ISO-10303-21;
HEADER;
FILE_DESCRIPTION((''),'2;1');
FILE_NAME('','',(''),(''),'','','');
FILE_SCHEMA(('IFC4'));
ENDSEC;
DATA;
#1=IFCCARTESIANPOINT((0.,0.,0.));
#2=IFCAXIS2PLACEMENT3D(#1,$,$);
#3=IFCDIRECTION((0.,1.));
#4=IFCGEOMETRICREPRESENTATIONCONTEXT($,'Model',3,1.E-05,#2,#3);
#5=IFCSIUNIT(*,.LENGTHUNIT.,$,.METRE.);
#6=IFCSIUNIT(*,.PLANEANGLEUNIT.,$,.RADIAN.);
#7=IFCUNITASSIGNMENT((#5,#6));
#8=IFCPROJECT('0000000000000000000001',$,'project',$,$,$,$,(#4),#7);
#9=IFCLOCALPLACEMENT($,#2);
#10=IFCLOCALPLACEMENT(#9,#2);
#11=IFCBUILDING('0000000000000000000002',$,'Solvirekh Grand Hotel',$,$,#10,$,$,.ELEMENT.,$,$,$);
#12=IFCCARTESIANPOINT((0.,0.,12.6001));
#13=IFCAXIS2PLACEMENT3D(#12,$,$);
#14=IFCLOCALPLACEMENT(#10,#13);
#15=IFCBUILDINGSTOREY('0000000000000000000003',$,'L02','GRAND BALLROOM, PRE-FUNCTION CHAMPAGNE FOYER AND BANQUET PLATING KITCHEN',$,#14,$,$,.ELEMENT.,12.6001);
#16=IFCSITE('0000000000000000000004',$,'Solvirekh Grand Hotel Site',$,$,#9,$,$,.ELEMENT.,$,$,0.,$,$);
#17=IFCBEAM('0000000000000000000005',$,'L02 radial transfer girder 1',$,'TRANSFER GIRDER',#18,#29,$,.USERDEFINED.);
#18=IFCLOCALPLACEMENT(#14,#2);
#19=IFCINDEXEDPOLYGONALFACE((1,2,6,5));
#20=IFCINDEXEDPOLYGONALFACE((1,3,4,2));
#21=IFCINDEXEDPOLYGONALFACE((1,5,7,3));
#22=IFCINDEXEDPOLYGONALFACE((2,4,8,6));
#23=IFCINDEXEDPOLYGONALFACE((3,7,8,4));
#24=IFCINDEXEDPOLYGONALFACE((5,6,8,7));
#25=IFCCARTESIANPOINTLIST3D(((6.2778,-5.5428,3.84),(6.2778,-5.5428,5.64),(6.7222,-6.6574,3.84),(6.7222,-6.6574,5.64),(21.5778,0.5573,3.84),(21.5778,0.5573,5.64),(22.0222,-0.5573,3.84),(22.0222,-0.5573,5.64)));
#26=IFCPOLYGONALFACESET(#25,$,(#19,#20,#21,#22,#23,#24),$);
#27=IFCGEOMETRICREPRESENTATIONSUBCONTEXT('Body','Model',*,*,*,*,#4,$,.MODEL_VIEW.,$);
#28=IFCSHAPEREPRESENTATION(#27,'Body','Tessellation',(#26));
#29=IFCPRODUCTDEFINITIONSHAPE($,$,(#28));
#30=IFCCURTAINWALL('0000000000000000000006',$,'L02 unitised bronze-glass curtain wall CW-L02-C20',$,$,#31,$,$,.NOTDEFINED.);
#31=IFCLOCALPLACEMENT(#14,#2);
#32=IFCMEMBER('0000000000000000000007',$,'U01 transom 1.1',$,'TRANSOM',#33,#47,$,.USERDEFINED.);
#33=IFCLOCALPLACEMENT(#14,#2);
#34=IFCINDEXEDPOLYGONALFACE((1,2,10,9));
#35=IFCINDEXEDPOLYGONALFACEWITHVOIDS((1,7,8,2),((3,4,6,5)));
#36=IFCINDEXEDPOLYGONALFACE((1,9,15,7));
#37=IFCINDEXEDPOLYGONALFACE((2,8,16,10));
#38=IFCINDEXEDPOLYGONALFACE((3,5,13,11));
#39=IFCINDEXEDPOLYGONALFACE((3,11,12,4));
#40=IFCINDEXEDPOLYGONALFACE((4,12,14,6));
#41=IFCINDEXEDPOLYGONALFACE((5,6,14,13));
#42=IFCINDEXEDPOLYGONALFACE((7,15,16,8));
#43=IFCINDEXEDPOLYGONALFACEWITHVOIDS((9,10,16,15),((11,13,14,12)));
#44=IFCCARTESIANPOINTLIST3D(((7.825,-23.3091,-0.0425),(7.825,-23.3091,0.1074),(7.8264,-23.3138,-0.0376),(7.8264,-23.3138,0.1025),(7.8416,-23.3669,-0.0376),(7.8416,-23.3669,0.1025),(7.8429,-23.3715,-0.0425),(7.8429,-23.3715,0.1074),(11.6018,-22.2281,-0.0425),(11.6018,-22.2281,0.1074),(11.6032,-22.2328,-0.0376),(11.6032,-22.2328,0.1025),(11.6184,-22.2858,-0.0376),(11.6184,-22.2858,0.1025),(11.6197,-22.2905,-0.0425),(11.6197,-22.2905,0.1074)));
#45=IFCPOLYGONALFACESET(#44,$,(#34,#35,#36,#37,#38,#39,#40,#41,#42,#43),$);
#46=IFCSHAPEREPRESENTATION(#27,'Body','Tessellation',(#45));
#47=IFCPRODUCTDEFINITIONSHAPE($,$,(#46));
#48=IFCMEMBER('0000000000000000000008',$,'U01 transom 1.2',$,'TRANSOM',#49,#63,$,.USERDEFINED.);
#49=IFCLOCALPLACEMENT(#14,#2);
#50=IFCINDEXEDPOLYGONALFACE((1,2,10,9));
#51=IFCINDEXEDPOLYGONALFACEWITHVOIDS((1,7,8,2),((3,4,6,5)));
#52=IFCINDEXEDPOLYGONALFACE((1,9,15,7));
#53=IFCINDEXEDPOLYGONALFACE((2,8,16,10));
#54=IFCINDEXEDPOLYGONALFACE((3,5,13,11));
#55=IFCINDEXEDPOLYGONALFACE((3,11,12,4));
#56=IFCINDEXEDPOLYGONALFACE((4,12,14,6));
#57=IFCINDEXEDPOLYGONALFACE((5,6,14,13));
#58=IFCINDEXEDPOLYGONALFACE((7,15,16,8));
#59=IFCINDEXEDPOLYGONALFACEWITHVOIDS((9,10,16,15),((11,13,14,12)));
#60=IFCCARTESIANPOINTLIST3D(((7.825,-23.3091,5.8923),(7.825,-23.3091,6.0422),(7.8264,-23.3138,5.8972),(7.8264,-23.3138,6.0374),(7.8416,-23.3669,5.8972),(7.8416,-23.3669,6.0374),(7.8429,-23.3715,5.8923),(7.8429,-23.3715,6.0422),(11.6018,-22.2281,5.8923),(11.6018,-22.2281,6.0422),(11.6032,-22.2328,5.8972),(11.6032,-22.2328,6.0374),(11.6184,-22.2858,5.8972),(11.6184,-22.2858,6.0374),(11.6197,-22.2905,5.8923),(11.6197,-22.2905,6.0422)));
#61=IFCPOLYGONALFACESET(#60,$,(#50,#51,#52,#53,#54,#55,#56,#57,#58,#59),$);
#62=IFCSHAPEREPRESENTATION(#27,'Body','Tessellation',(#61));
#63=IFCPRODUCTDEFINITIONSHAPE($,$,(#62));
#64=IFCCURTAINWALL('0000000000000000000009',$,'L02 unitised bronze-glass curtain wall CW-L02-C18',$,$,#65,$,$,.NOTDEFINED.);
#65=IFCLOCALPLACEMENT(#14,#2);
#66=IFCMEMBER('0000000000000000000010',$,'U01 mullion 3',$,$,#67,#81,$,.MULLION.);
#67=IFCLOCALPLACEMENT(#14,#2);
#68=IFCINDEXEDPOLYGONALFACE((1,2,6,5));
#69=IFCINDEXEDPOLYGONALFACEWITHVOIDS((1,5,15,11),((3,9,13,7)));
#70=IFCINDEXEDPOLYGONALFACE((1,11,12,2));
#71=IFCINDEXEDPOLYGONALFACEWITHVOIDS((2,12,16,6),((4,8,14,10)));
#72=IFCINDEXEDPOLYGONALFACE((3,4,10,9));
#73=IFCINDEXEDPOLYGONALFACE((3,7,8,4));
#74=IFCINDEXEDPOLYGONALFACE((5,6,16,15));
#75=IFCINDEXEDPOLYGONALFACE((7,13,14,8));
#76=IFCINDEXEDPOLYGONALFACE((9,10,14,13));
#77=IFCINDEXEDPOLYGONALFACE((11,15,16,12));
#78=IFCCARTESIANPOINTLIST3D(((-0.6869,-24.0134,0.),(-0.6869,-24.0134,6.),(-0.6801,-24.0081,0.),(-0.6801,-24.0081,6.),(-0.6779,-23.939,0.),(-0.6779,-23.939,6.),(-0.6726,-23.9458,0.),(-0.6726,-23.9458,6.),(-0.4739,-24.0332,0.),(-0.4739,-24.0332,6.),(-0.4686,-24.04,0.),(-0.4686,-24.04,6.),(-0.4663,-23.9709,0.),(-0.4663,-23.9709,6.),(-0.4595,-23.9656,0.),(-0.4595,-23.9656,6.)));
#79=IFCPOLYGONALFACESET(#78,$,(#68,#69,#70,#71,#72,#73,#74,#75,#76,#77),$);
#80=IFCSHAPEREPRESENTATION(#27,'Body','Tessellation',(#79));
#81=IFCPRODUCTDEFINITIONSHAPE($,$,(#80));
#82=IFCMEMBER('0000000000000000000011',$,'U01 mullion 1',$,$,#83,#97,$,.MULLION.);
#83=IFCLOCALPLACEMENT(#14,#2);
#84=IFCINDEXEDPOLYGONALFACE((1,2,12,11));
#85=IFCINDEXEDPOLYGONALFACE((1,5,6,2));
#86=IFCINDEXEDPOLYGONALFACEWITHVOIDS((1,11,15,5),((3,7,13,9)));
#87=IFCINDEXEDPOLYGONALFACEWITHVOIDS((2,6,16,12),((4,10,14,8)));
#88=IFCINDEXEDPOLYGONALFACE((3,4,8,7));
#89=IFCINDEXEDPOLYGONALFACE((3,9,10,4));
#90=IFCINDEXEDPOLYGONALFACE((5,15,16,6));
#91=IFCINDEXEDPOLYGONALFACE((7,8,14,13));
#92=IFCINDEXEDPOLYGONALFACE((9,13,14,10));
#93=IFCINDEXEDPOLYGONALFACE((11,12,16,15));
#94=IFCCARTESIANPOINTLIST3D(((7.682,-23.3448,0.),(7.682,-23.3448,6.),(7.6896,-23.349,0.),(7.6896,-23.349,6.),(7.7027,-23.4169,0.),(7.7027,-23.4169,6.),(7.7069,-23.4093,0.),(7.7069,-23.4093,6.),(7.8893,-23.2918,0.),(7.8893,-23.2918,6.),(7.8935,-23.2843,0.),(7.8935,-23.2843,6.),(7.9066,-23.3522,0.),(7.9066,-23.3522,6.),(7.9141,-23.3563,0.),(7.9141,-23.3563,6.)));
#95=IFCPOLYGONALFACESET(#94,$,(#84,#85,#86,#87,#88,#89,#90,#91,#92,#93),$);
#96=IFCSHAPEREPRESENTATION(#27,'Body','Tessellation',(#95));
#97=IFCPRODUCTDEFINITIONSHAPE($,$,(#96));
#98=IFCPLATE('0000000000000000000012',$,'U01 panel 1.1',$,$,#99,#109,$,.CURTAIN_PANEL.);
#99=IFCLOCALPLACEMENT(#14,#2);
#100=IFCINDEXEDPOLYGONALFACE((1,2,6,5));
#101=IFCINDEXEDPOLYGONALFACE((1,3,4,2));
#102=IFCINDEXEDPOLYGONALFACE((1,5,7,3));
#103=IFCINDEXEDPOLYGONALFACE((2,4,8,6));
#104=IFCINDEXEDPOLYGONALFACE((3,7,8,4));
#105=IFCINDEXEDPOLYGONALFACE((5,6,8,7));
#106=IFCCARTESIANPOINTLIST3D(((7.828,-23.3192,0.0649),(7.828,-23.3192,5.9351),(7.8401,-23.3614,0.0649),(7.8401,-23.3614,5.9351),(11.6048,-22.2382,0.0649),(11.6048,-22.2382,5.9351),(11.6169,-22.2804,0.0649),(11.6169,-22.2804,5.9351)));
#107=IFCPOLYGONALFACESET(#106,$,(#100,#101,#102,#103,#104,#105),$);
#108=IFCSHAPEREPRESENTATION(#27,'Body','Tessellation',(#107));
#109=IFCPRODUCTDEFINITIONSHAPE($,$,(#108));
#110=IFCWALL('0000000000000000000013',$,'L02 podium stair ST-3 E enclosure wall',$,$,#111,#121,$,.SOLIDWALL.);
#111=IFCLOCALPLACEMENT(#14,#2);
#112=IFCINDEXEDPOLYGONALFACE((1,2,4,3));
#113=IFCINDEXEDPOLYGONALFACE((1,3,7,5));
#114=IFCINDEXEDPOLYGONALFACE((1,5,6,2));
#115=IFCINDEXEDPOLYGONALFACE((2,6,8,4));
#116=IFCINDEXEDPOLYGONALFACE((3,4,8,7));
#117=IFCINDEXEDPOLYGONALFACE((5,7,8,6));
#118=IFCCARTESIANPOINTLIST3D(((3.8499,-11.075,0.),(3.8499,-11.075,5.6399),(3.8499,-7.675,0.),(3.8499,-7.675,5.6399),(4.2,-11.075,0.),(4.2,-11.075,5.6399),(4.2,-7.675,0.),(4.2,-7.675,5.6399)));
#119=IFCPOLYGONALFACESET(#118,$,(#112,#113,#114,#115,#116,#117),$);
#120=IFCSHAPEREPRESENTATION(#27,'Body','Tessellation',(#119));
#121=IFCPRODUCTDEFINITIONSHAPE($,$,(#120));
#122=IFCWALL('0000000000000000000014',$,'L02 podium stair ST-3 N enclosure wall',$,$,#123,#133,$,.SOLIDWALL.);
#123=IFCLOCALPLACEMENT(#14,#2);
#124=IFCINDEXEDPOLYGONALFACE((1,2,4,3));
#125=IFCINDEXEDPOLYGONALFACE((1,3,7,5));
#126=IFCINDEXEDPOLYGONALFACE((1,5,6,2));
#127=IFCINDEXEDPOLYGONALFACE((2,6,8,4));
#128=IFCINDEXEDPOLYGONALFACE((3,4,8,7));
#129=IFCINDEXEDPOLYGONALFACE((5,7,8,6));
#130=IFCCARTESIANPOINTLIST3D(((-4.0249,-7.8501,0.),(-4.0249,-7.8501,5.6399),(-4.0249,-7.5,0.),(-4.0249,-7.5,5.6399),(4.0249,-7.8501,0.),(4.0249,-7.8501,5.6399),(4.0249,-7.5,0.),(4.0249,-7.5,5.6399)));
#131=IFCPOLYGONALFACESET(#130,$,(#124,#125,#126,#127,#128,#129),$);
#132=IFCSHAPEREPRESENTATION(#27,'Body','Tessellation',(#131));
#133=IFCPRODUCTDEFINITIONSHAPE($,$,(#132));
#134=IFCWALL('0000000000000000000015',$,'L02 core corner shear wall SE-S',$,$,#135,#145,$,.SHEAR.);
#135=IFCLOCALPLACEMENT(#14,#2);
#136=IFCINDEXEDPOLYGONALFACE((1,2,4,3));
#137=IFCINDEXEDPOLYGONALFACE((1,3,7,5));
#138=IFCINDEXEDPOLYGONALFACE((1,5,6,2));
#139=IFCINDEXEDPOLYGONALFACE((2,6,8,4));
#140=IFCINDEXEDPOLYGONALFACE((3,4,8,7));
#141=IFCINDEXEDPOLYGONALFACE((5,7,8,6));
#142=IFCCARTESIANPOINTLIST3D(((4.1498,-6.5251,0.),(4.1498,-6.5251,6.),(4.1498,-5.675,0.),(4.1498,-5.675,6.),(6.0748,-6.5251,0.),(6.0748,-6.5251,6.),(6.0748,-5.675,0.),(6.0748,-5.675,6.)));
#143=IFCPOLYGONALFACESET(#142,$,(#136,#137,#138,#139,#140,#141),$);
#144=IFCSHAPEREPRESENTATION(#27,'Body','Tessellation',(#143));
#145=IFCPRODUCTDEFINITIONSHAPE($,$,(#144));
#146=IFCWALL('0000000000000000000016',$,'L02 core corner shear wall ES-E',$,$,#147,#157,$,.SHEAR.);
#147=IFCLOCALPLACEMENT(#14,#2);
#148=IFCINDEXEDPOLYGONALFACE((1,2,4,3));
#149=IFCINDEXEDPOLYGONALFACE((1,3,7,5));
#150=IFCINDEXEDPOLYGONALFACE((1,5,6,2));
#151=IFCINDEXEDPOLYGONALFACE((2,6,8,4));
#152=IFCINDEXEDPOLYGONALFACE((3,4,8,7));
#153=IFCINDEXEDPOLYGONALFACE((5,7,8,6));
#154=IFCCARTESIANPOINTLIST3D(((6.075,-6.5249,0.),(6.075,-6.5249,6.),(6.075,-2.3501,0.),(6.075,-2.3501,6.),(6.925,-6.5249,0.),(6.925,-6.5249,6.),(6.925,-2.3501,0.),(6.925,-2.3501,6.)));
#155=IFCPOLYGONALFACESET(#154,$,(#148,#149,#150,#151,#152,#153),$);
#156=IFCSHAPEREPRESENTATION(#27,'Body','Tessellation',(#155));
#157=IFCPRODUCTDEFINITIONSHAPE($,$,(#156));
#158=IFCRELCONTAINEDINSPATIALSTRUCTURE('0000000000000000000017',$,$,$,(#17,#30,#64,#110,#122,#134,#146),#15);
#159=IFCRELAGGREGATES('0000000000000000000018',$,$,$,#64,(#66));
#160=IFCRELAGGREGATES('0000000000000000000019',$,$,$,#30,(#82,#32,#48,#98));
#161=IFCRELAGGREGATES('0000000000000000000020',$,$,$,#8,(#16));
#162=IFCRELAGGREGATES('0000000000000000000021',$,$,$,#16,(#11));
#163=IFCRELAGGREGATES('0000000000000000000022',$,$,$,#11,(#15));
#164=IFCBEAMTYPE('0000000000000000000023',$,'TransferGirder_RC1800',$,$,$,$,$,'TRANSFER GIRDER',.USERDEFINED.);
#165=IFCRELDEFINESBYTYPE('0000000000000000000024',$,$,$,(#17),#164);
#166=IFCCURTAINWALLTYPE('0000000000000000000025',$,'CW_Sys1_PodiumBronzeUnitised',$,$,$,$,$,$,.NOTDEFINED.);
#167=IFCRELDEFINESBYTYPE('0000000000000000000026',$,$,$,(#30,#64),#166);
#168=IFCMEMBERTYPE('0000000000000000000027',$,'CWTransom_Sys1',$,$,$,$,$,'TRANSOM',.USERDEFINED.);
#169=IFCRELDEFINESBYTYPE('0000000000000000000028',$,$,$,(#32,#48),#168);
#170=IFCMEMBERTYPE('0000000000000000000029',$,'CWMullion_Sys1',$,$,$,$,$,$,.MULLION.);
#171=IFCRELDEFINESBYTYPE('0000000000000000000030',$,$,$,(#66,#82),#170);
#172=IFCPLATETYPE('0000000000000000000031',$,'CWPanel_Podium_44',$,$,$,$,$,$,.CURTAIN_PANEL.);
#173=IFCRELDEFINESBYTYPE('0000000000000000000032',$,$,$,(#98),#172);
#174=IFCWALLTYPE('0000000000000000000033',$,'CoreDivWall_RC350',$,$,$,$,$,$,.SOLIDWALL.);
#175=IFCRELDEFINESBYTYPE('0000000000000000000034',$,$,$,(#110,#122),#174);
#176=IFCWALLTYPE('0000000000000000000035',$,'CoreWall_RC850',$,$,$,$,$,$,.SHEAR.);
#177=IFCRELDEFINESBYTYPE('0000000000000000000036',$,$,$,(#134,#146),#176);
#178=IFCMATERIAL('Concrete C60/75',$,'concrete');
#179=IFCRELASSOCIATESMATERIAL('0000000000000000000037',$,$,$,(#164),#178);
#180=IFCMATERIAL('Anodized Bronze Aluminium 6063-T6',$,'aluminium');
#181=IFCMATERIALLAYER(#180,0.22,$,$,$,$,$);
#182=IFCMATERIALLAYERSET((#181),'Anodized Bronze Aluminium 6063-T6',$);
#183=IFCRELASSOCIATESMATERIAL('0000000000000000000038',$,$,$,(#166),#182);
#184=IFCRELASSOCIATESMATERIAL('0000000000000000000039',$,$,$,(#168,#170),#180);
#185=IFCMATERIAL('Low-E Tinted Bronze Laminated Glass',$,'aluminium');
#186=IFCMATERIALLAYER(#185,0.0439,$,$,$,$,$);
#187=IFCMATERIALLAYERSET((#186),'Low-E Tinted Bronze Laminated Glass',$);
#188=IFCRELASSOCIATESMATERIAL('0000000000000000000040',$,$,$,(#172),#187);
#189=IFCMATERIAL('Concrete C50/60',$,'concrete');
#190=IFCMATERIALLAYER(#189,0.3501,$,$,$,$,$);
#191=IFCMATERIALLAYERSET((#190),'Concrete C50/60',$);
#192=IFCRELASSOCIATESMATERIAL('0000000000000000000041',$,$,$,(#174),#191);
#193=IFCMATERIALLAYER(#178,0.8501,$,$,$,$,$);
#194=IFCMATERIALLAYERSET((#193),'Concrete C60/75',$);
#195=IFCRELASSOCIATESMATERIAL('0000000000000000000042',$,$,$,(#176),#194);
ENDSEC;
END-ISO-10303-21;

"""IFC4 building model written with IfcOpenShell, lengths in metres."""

from ifc_helpers import new_model, si_unit, direction, frame, frame_2d, origin, origin_2d, place, context, subcontext, project, spatial, rectangle, hollow_rectangle, extrude, source, transform, mapped, material, layer, layer_set, material_profile, profile_set, type_object, element, aggregate, save


model = new_model("IFC4")

# Units and contexts
model_context = context("Model", 3, precision=1e-05, world=origin(), true_north=direction((0.0, 1.0)))
body_context = subcontext(model_context, "Body", "Model", "MODEL_VIEW")
ifc_project = project(units=[si_unit("LENGTHUNIT", "METRE"), si_unit("PLANEANGLEUNIT", "RADIAN")], contexts=[model_context])

# Site, building, storey
site_placement = place(None, origin())
site = spatial("IfcSite", under=ifc_project, at=site_placement, Name="Solvirekh Grand Hotel Site", CompositionType="ELEMENT", RefElevation=0.0)
building_placement = place(site_placement, origin())
building = spatial("IfcBuilding", under=site, at=building_placement, Name="Solvirekh Grand Hotel", CompositionType="ELEMENT")
storey_placement = place(building_placement, frame((0.0, 0.0, 12.6001)))
storey = spatial("IfcBuildingStorey", under=building, at=storey_placement, Name="L02", Description="GRAND BALLROOM, PRE-FUNCTION CHAMPAGNE FOYER AND BANQUET PLATING KITCHEN", CompositionType="ELEMENT", Elevation=12.6001)

# Shared definitions
ifc_material_1 = material(Name="Concrete C60/75", Category="concrete")

# Beam
ifc_material_profile_1 = material_profile(ifc_material_1, rectangle(XDim=1.2, YDim=1.8, at=origin_2d()), Name="RC GIRDER 1200X1800")
ifc_profile_set_1 = profile_set([ifc_material_profile_1], Name="Concrete C60/75")
beam_type_1 = type_object("IfcBeamType", Name="TransferGirder_RC1800", ElementType="TRANSFER GIRDER", PredefinedType="USERDEFINED", material=ifc_profile_set_1)
beam_1_placement = place(storey_placement, frame((6.5, -6.1001, 4.74), z_axis=(0.928893, 0.370348, 0.0), x_axis=(-0.370348, 0.928893, 0.0)))
element("IfcBeam", 1, at=beam_1_placement, inside=storey, type_object=beam_type_1, Name="L02 radial transfer girder 1", ObjectType="TRANSFER GIRDER", PredefinedType="USERDEFINED", context=body_context, shape_type="SweptSolid", body=[
    extrude(rectangle(XDim=1.2, YDim=1.8, at=origin_2d()), origin(), (0.0, 0.0, 1.0), 16.4712),
])

# Curtain wall, members
ifc_material_2 = material(Name="Anodized Bronze Aluminium 6063-T6", Category="aluminium")
ifc_layer_1 = layer(ifc_material_2, 0.22)
ifc_layer_set_1 = layer_set([ifc_layer_1], Name="Anodized Bronze Aluminium 6063-T6")
curtain_wall_type = type_object("IfcCurtainWallType", Name="CW_Sys1_PodiumBronzeUnitised", PredefinedType="NOTDEFINED", material=ifc_layer_set_1)
curtain_wall_1_placement = place(storey_placement, origin())
curtain_wall_1 = element("IfcCurtainWall", 2, at=curtain_wall_1_placement, inside=storey, type_object=curtain_wall_type, Name="L02 unitised bronze-glass curtain wall CW-L02-C20", PredefinedType="NOTDEFINED")
ifc_material_profile_2 = material_profile(ifc_material_2, hollow_rectangle(XDim=0.0649, YDim=0.1499, WallThickness=0.0049, at=origin_2d()), Name="ALU RHS 150X65X5")
ifc_profile_set_2 = profile_set([ifc_material_profile_2], Name="Anodized Bronze Aluminium 6063-T6")
member_type_1 = type_object("IfcMemberType", Name="CWTransom_Sys1", ElementType="TRANSOM", PredefinedType="USERDEFINED", material=ifc_profile_set_2)
shared_shape_1 = source(origin(), body_context, "Body", "SweptSolid", [
    extrude(hollow_rectangle(XDim=0.0649, YDim=0.1499, WallThickness=0.0049, at=origin_2d()), origin(), (0.0, 0.0, 1.0), 3.9285),
])
member_1_placement = place(storey_placement, frame((7.834, -23.3403, 0.0325), z_axis=(0.961393, 0.275181, 0.0), x_axis=(-0.275181, 0.961393, 0.0)))
member_1 = element("IfcMember", 3, at=member_1_placement, type_object=member_type_1, Name="U01 transom 1.1", ObjectType="TRANSOM", PredefinedType="USERDEFINED", context=body_context, shape_type="MappedRepresentation", body=[
    mapped(shared_shape_1, transform((0.0, 0.0, 0.0), x_axis=(1.0, 0.0, 0.0), y_axis=(0.0, 1.0, 0.0), z_axis=(0.0, 0.0, 1.0), scale=1.0)),
])
member_2_placement = place(storey_placement, frame((7.834, -23.3403, 5.9673), z_axis=(0.961393, 0.275181, 0.0), x_axis=(-0.275181, 0.961393, 0.0)))
member_2 = element("IfcMember", 4, at=member_2_placement, type_object=member_type_1, Name="U01 transom 1.2", ObjectType="TRANSOM", PredefinedType="USERDEFINED", context=body_context, shape_type="MappedRepresentation", body=[
    mapped(shared_shape_1, transform((0.0, 0.0, 0.0), x_axis=(1.0, 0.0, 0.0), y_axis=(0.0, 1.0, 0.0), z_axis=(0.0, 0.0, 1.0), scale=1.0)),
])

# Curtain wall, member
curtain_wall_2_placement = place(storey_placement, origin())
curtain_wall_2 = element("IfcCurtainWall", 5, at=curtain_wall_2_placement, inside=storey, type_object=curtain_wall_type, Name="L02 unitised bronze-glass curtain wall CW-L02-C18", PredefinedType="NOTDEFINED")
ifc_material_profile_3 = material_profile(ifc_material_2, hollow_rectangle(XDim=0.075, YDim=0.22, WallThickness=0.0061, at=origin_2d()), Name="ALU RHS 220X75X6")
ifc_profile_set_3 = profile_set([ifc_material_profile_3], Name="Anodized Bronze Aluminium 6063-T6")
member_type_2 = type_object("IfcMemberType", Name="CWMullion_Sys1", PredefinedType="MULLION", material=ifc_profile_set_3)
shared_shape_2 = source(origin(), body_context, "Body", "SweptSolid", [
    extrude(hollow_rectangle(XDim=0.075, YDim=0.22, WallThickness=0.0061, at=origin_2d()), origin(), (0.0, 0.0, 1.0), 6.0),
])
member_3_placement = place(storey_placement, frame((-0.5732, -23.9895, 0.0), z_axis=(0.0, 0.0, 1.0), x_axis=(0.120514, 0.992712, 0.0)))
member_3 = element("IfcMember", 6, at=member_3_placement, type_object=member_type_2, Name="U01 mullion 3", PredefinedType="MULLION", context=body_context, shape_type="MappedRepresentation", body=[
    mapped(shared_shape_2, transform((0.0, 0.0, 0.0), x_axis=(1.0, 0.0, 0.0), y_axis=(0.0, 1.0, 0.0), z_axis=(0.0, 0.0, 1.0), scale=1.0)),
])
aggregate(curtain_wall_2, [member_3])

# Member
member_4_placement = place(storey_placement, frame((7.7981, -23.3506, 0.0), z_axis=(0.0, 0.0, 1.0), x_axis=(-0.275179, 0.961393, 0.0)))
member_4 = element("IfcMember", 7, at=member_4_placement, type_object=member_type_2, Name="U01 mullion 1", PredefinedType="MULLION", context=body_context, shape_type="MappedRepresentation", body=[
    mapped(shared_shape_2, transform((0.0, 0.0, 0.0), x_axis=(1.0, 0.0, 0.0), y_axis=(0.0, 1.0, 0.0), z_axis=(0.0, 0.0, 1.0), scale=1.0)),
])

# Plate
ifc_material_3 = material(Name="Low-E Tinted Bronze Laminated Glass", Category="aluminium")
ifc_layer_2 = layer(ifc_material_3, 0.0439)
ifc_layer_set_2 = layer_set([ifc_layer_2], Name="Low-E Tinted Bronze Laminated Glass")
plate_type = type_object("IfcPlateType", Name="CWPanel_Podium_44", PredefinedType="CURTAIN_PANEL", material=ifc_layer_set_2)
shared_shape_3 = source(origin(), body_context, "Body", "SweptSolid", [
    extrude(rectangle(XDim=3.9285, YDim=0.0439, at=origin_2d()), origin(), (0.0, 0.0, 1.0), 5.8701),
])
plate_placement = place(storey_placement, frame((9.7224, -22.7998, 0.0649), z_axis=(0.0, 0.0, 1.0), x_axis=(0.961393, 0.275179, 0.0)))
plate = element("IfcPlate", 8, at=plate_placement, type_object=plate_type, Name="U01 panel 1.1", PredefinedType="CURTAIN_PANEL", context=body_context, shape_type="MappedRepresentation", body=[
    mapped(shared_shape_3, transform((0.0, 0.0, 0.0), x_axis=(1.0, 0.0, 0.0), y_axis=(0.0, 1.0, 0.0), z_axis=(0.0, 0.0, 1.0), scale=1.0)),
])
aggregate(curtain_wall_1, [member_4, member_1, member_2, plate])

# Walls
ifc_material_4 = material(Name="Concrete C50/60", Category="concrete")
ifc_layer_3 = layer(ifc_material_4, 0.3501)
ifc_layer_set_3 = layer_set([ifc_layer_3], Name="Concrete C50/60")
wall_type_1 = type_object("IfcWallType", Name="CoreDivWall_RC350", PredefinedType="SOLIDWALL", material=ifc_layer_set_3)
wall_1_placement = place(storey_placement, frame((4.0249, -11.075, 0.0), z_axis=(0.0, 0.0, 1.0), x_axis=(0.0, 1.0, 0.0)))
element("IfcWall", 9, at=wall_1_placement, inside=storey, type_object=wall_type_1, Name="L02 podium stair ST-3 E enclosure wall", PredefinedType="SOLIDWALL", context=body_context, shape_type="SweptSolid", body=[
    extrude(rectangle(XDim=3.3999, YDim=0.3501, at=frame_2d((1.7, 0.0))), origin(), (0.0, 0.0, 1.0), 5.6399),
])
wall_2_placement = place(storey_placement, frame((4.0249, -7.675, 0.0), z_axis=(0.0, 0.0, 1.0), x_axis=(-1.0, 0.0, 0.0)))
element("IfcWall", 10, at=wall_2_placement, inside=storey, type_object=wall_type_1, Name="L02 podium stair ST-3 N enclosure wall", PredefinedType="SOLIDWALL", context=body_context, shape_type="SweptSolid", body=[
    extrude(rectangle(XDim=8.0498, YDim=0.3501, at=frame_2d((4.0249, 0.0))), origin(), (0.0, 0.0, 1.0), 5.6399),
])
ifc_layer_4 = layer(ifc_material_1, 0.8501)
ifc_layer_set_4 = layer_set([ifc_layer_4], Name="Concrete C60/75")
wall_type_2 = type_object("IfcWallType", Name="CoreWall_RC850", PredefinedType="SHEAR", material=ifc_layer_set_4)
wall_3_placement = place(storey_placement, frame((4.1499, -6.1001, 0.0), z_axis=(0.0, 0.0, 1.0), x_axis=(1.0, 0.0, 0.0)))
element("IfcWall", 11, at=wall_3_placement, inside=storey, type_object=wall_type_2, Name="L02 core corner shear wall SE-S", PredefinedType="SHEAR", context=body_context, shape_type="SweptSolid", body=[
    extrude(rectangle(XDim=1.925, YDim=0.8501, at=frame_2d((0.9624, 0.0))), origin(), (0.0, 0.0, 1.0), 6.0),
])
wall_4_placement = place(storey_placement, frame((6.5, -6.5249, 0.0), z_axis=(0.0, 0.0, 1.0), x_axis=(0.0, 1.0, 0.0)))
element("IfcWall", 12, at=wall_4_placement, inside=storey, type_object=wall_type_2, Name="L02 core corner shear wall ES-E", PredefinedType="SHEAR", context=body_context, shape_type="SweptSolid", body=[
    extrude(rectangle(XDim=4.1748, YDim=0.8501, at=frame_2d((2.0874, 0.0))), origin(), (0.0, 0.0, 1.0), 6.0),
])

save(model, "model.ifc")
